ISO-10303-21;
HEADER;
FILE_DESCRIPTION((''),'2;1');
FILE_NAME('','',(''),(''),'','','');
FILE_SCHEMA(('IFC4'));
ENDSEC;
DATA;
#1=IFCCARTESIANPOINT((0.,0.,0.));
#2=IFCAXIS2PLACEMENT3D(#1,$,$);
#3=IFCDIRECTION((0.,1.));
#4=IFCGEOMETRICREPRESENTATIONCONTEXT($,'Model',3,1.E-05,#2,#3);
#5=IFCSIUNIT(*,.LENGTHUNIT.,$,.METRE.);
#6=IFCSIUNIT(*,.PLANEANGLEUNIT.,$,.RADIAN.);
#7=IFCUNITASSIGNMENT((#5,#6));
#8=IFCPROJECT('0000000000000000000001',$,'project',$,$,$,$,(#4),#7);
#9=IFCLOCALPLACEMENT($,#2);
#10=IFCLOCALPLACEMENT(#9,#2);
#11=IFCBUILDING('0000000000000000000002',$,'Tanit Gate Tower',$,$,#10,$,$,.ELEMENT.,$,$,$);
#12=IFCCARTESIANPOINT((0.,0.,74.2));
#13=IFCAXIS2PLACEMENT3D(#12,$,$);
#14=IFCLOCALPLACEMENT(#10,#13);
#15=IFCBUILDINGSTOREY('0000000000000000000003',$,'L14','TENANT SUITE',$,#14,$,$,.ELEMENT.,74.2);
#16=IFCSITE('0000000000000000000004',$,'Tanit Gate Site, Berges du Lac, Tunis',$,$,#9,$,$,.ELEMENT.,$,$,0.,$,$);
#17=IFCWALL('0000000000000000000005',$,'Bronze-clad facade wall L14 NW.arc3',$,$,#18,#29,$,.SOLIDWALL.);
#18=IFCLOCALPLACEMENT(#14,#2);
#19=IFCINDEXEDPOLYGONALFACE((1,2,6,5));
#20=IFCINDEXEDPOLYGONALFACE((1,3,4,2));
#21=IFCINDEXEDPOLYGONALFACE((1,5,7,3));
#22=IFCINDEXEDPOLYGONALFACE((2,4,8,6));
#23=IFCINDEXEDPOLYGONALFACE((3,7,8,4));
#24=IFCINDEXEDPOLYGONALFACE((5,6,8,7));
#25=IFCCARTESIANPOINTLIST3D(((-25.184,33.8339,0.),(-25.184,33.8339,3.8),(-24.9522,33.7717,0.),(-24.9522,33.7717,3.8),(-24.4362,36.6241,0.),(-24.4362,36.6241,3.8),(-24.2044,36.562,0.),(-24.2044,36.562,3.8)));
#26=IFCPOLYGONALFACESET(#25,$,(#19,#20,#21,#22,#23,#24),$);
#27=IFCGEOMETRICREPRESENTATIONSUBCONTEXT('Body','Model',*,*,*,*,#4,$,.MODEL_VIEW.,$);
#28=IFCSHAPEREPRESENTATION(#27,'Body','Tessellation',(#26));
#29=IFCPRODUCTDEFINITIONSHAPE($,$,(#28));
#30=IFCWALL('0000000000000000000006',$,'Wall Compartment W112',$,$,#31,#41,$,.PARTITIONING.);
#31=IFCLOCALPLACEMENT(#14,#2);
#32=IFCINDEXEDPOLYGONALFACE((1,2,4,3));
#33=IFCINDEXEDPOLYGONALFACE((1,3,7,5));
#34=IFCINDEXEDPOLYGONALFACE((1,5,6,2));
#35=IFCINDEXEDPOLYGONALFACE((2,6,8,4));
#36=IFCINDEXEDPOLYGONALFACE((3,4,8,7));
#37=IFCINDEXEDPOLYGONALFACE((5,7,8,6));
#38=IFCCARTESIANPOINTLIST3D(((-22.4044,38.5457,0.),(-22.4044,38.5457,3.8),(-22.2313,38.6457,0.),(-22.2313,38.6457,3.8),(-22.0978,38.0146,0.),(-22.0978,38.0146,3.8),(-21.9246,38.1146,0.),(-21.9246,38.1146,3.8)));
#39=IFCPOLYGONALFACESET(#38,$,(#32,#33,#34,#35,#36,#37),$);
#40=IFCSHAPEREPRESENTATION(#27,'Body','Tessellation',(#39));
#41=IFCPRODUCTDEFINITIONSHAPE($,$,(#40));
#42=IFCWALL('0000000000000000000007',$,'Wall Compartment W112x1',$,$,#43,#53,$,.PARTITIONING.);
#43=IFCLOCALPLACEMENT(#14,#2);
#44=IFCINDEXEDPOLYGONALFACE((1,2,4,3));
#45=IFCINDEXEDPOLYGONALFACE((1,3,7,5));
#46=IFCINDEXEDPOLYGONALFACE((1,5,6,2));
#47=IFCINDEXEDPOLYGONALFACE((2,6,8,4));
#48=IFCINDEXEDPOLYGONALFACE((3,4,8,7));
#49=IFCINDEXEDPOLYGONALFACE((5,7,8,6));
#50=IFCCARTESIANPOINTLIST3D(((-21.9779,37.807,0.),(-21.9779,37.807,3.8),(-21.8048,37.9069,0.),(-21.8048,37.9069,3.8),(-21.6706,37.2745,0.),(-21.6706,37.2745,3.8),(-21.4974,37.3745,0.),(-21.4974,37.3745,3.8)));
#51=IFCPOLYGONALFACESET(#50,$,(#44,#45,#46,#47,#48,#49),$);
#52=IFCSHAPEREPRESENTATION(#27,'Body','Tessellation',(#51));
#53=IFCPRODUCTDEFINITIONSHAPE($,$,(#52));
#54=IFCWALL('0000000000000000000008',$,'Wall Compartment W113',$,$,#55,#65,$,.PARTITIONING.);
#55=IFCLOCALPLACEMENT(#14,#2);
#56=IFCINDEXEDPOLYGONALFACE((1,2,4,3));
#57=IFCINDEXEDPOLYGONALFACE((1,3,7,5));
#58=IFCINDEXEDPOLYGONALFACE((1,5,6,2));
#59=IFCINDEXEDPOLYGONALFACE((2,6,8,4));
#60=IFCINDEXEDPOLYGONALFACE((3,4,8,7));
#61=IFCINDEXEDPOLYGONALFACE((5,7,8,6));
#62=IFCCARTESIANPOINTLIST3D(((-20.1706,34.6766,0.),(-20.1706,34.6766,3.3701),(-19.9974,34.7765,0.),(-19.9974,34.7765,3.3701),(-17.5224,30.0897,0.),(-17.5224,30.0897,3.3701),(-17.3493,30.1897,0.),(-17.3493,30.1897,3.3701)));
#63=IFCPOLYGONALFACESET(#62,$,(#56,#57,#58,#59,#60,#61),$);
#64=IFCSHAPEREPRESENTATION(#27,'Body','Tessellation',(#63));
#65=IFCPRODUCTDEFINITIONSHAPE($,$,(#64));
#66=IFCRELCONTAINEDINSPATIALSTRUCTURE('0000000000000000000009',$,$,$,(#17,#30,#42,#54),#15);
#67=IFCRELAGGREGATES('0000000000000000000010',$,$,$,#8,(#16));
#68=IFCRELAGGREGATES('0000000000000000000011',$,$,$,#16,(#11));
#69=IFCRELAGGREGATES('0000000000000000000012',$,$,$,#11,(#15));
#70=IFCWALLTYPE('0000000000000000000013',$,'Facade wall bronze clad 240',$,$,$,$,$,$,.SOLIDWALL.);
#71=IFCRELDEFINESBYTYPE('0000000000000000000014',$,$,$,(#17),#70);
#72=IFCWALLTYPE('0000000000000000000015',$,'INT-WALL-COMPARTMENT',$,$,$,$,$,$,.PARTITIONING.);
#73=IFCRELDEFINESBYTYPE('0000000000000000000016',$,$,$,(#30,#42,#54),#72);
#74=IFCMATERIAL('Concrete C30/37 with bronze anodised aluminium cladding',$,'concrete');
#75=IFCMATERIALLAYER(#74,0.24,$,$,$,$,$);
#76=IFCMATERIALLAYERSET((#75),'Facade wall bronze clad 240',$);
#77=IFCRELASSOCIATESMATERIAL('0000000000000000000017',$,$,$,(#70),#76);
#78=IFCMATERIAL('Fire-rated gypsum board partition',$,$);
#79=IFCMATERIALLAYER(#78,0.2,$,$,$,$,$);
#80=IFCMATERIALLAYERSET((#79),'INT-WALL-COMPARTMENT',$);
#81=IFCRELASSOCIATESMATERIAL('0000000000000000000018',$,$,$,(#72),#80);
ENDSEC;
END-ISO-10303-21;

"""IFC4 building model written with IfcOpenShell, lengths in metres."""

from ifc_helpers import new_model, si_unit, direction, frame, frame_2d, origin, place, context, subcontext, project, spatial, rectangle, extrude, material, layer, layer_set, type_object, element, save


model = new_model("IFC4")

# Units and contexts
model_context = context("Model", 3, precision=1e-05, world=origin(), true_north=direction((0.0, 1.0)))
body_context = subcontext(model_context, "Body", "Model", "MODEL_VIEW")
ifc_project = project(units=[si_unit("LENGTHUNIT", "METRE"), si_unit("PLANEANGLEUNIT", "RADIAN")], contexts=[model_context])

# Site, building, storey
site_placement = place(None, origin())
site = spatial("IfcSite", under=ifc_project, at=site_placement, Name="Tanit Gate Site, Berges du Lac, Tunis", CompositionType="ELEMENT", RefElevation=0.0)
building_placement = place(site_placement, origin())
building = spatial("IfcBuilding", under=site, at=building_placement, Name="Tanit Gate Tower", CompositionType="ELEMENT")
storey_placement = place(building_placement, frame((0.0, 0.0, 74.2)))
storey = spatial("IfcBuildingStorey", under=building, at=storey_placement, Name="L14", Description="TENANT SUITE", CompositionType="ELEMENT", Elevation=74.2)

# Walls
ifc_material_1 = material(Name="Concrete C30/37 with bronze anodised aluminium cladding", Category="concrete")
ifc_layer_1 = layer(ifc_material_1, 0.24)
ifc_layer_set_1 = layer_set([ifc_layer_1], Name="Facade wall bronze clad 240")
wall_type_1 = type_object("IfcWallType", Name="Facade wall bronze clad 240", PredefinedType="SOLIDWALL", material=ifc_layer_set_1)
wall_1_placement = place(storey_placement, frame((-24.3203, 36.593, 0.0), z_axis=(0.0, 0.0, 1.0), x_axis=(-0.258867, -0.965913, 0.0)))
element("IfcWall", 1, at=wall_1_placement, inside=storey, type_object=wall_type_1, Name="Bronze-clad facade wall L14 NW.arc3", PredefinedType="SOLIDWALL", context=body_context, shape_type="SweptSolid", body=[
    extrude(rectangle(XDim=2.8887, YDim=0.24, at=frame_2d((1.4443, 0.0))), origin(), (0.0, 0.0, 1.0), 3.8),
])
ifc_material_2 = material(Name="Fire-rated gypsum board partition")
ifc_layer_2 = layer(ifc_material_2, 0.2)
ifc_layer_set_2 = layer_set([ifc_layer_2], Name="INT-WALL-COMPARTMENT")
wall_type_2 = type_object("IfcWallType", Name="INT-WALL-COMPARTMENT", PredefinedType="PARTITIONING", material=ifc_layer_set_2)
wall_2_placement = place(storey_placement, frame((-22.3179, 38.5957, 0.0), z_axis=(0.0, 0.0, 1.0), x_axis=(0.500079, -0.86598, 0.0)))
element("IfcWall", 2, at=wall_2_placement, inside=storey, type_object=wall_type_2, Name="Wall Compartment W112", PredefinedType="PARTITIONING", context=body_context, shape_type="SweptSolid", body=[
    extrude(rectangle(XDim=0.6133, YDim=0.2, at=frame_2d((0.3066, 0.0))), origin(), (0.0, 0.0, 1.0), 3.8),
])
wall_3_placement = place(storey_placement, frame((-21.8914, 37.8569, 0.0), z_axis=(0.0, 0.0, 1.0), x_axis=(0.49994, -0.86606, 0.0)))
element("IfcWall", 3, at=wall_3_placement, inside=storey, type_object=wall_type_2, Name="Wall Compartment W112x1", PredefinedType="PARTITIONING", context=body_context, shape_type="SweptSolid", body=[
    extrude(rectangle(XDim=0.6147, YDim=0.2, at=frame_2d((0.3074, 0.0))), origin(), (0.0, 0.0, 1.0), 3.8),
])
wall_4_placement = place(storey_placement, frame((-20.084, 34.7266, 0.0), z_axis=(0.0, 0.0, 1.0), x_axis=(0.499991, -0.866031, 0.0)))
element("IfcWall", 4, at=wall_4_placement, inside=storey, type_object=wall_type_2, Name="Wall Compartment W113", PredefinedType="PARTITIONING", context=body_context, shape_type="SweptSolid", body=[
    extrude(rectangle(XDim=5.2964, YDim=0.2, at=frame_2d((2.6482, 0.0))), origin(), (0.0, 0.0, 1.0), 3.3701),
])

save(model, "model.ifc")
